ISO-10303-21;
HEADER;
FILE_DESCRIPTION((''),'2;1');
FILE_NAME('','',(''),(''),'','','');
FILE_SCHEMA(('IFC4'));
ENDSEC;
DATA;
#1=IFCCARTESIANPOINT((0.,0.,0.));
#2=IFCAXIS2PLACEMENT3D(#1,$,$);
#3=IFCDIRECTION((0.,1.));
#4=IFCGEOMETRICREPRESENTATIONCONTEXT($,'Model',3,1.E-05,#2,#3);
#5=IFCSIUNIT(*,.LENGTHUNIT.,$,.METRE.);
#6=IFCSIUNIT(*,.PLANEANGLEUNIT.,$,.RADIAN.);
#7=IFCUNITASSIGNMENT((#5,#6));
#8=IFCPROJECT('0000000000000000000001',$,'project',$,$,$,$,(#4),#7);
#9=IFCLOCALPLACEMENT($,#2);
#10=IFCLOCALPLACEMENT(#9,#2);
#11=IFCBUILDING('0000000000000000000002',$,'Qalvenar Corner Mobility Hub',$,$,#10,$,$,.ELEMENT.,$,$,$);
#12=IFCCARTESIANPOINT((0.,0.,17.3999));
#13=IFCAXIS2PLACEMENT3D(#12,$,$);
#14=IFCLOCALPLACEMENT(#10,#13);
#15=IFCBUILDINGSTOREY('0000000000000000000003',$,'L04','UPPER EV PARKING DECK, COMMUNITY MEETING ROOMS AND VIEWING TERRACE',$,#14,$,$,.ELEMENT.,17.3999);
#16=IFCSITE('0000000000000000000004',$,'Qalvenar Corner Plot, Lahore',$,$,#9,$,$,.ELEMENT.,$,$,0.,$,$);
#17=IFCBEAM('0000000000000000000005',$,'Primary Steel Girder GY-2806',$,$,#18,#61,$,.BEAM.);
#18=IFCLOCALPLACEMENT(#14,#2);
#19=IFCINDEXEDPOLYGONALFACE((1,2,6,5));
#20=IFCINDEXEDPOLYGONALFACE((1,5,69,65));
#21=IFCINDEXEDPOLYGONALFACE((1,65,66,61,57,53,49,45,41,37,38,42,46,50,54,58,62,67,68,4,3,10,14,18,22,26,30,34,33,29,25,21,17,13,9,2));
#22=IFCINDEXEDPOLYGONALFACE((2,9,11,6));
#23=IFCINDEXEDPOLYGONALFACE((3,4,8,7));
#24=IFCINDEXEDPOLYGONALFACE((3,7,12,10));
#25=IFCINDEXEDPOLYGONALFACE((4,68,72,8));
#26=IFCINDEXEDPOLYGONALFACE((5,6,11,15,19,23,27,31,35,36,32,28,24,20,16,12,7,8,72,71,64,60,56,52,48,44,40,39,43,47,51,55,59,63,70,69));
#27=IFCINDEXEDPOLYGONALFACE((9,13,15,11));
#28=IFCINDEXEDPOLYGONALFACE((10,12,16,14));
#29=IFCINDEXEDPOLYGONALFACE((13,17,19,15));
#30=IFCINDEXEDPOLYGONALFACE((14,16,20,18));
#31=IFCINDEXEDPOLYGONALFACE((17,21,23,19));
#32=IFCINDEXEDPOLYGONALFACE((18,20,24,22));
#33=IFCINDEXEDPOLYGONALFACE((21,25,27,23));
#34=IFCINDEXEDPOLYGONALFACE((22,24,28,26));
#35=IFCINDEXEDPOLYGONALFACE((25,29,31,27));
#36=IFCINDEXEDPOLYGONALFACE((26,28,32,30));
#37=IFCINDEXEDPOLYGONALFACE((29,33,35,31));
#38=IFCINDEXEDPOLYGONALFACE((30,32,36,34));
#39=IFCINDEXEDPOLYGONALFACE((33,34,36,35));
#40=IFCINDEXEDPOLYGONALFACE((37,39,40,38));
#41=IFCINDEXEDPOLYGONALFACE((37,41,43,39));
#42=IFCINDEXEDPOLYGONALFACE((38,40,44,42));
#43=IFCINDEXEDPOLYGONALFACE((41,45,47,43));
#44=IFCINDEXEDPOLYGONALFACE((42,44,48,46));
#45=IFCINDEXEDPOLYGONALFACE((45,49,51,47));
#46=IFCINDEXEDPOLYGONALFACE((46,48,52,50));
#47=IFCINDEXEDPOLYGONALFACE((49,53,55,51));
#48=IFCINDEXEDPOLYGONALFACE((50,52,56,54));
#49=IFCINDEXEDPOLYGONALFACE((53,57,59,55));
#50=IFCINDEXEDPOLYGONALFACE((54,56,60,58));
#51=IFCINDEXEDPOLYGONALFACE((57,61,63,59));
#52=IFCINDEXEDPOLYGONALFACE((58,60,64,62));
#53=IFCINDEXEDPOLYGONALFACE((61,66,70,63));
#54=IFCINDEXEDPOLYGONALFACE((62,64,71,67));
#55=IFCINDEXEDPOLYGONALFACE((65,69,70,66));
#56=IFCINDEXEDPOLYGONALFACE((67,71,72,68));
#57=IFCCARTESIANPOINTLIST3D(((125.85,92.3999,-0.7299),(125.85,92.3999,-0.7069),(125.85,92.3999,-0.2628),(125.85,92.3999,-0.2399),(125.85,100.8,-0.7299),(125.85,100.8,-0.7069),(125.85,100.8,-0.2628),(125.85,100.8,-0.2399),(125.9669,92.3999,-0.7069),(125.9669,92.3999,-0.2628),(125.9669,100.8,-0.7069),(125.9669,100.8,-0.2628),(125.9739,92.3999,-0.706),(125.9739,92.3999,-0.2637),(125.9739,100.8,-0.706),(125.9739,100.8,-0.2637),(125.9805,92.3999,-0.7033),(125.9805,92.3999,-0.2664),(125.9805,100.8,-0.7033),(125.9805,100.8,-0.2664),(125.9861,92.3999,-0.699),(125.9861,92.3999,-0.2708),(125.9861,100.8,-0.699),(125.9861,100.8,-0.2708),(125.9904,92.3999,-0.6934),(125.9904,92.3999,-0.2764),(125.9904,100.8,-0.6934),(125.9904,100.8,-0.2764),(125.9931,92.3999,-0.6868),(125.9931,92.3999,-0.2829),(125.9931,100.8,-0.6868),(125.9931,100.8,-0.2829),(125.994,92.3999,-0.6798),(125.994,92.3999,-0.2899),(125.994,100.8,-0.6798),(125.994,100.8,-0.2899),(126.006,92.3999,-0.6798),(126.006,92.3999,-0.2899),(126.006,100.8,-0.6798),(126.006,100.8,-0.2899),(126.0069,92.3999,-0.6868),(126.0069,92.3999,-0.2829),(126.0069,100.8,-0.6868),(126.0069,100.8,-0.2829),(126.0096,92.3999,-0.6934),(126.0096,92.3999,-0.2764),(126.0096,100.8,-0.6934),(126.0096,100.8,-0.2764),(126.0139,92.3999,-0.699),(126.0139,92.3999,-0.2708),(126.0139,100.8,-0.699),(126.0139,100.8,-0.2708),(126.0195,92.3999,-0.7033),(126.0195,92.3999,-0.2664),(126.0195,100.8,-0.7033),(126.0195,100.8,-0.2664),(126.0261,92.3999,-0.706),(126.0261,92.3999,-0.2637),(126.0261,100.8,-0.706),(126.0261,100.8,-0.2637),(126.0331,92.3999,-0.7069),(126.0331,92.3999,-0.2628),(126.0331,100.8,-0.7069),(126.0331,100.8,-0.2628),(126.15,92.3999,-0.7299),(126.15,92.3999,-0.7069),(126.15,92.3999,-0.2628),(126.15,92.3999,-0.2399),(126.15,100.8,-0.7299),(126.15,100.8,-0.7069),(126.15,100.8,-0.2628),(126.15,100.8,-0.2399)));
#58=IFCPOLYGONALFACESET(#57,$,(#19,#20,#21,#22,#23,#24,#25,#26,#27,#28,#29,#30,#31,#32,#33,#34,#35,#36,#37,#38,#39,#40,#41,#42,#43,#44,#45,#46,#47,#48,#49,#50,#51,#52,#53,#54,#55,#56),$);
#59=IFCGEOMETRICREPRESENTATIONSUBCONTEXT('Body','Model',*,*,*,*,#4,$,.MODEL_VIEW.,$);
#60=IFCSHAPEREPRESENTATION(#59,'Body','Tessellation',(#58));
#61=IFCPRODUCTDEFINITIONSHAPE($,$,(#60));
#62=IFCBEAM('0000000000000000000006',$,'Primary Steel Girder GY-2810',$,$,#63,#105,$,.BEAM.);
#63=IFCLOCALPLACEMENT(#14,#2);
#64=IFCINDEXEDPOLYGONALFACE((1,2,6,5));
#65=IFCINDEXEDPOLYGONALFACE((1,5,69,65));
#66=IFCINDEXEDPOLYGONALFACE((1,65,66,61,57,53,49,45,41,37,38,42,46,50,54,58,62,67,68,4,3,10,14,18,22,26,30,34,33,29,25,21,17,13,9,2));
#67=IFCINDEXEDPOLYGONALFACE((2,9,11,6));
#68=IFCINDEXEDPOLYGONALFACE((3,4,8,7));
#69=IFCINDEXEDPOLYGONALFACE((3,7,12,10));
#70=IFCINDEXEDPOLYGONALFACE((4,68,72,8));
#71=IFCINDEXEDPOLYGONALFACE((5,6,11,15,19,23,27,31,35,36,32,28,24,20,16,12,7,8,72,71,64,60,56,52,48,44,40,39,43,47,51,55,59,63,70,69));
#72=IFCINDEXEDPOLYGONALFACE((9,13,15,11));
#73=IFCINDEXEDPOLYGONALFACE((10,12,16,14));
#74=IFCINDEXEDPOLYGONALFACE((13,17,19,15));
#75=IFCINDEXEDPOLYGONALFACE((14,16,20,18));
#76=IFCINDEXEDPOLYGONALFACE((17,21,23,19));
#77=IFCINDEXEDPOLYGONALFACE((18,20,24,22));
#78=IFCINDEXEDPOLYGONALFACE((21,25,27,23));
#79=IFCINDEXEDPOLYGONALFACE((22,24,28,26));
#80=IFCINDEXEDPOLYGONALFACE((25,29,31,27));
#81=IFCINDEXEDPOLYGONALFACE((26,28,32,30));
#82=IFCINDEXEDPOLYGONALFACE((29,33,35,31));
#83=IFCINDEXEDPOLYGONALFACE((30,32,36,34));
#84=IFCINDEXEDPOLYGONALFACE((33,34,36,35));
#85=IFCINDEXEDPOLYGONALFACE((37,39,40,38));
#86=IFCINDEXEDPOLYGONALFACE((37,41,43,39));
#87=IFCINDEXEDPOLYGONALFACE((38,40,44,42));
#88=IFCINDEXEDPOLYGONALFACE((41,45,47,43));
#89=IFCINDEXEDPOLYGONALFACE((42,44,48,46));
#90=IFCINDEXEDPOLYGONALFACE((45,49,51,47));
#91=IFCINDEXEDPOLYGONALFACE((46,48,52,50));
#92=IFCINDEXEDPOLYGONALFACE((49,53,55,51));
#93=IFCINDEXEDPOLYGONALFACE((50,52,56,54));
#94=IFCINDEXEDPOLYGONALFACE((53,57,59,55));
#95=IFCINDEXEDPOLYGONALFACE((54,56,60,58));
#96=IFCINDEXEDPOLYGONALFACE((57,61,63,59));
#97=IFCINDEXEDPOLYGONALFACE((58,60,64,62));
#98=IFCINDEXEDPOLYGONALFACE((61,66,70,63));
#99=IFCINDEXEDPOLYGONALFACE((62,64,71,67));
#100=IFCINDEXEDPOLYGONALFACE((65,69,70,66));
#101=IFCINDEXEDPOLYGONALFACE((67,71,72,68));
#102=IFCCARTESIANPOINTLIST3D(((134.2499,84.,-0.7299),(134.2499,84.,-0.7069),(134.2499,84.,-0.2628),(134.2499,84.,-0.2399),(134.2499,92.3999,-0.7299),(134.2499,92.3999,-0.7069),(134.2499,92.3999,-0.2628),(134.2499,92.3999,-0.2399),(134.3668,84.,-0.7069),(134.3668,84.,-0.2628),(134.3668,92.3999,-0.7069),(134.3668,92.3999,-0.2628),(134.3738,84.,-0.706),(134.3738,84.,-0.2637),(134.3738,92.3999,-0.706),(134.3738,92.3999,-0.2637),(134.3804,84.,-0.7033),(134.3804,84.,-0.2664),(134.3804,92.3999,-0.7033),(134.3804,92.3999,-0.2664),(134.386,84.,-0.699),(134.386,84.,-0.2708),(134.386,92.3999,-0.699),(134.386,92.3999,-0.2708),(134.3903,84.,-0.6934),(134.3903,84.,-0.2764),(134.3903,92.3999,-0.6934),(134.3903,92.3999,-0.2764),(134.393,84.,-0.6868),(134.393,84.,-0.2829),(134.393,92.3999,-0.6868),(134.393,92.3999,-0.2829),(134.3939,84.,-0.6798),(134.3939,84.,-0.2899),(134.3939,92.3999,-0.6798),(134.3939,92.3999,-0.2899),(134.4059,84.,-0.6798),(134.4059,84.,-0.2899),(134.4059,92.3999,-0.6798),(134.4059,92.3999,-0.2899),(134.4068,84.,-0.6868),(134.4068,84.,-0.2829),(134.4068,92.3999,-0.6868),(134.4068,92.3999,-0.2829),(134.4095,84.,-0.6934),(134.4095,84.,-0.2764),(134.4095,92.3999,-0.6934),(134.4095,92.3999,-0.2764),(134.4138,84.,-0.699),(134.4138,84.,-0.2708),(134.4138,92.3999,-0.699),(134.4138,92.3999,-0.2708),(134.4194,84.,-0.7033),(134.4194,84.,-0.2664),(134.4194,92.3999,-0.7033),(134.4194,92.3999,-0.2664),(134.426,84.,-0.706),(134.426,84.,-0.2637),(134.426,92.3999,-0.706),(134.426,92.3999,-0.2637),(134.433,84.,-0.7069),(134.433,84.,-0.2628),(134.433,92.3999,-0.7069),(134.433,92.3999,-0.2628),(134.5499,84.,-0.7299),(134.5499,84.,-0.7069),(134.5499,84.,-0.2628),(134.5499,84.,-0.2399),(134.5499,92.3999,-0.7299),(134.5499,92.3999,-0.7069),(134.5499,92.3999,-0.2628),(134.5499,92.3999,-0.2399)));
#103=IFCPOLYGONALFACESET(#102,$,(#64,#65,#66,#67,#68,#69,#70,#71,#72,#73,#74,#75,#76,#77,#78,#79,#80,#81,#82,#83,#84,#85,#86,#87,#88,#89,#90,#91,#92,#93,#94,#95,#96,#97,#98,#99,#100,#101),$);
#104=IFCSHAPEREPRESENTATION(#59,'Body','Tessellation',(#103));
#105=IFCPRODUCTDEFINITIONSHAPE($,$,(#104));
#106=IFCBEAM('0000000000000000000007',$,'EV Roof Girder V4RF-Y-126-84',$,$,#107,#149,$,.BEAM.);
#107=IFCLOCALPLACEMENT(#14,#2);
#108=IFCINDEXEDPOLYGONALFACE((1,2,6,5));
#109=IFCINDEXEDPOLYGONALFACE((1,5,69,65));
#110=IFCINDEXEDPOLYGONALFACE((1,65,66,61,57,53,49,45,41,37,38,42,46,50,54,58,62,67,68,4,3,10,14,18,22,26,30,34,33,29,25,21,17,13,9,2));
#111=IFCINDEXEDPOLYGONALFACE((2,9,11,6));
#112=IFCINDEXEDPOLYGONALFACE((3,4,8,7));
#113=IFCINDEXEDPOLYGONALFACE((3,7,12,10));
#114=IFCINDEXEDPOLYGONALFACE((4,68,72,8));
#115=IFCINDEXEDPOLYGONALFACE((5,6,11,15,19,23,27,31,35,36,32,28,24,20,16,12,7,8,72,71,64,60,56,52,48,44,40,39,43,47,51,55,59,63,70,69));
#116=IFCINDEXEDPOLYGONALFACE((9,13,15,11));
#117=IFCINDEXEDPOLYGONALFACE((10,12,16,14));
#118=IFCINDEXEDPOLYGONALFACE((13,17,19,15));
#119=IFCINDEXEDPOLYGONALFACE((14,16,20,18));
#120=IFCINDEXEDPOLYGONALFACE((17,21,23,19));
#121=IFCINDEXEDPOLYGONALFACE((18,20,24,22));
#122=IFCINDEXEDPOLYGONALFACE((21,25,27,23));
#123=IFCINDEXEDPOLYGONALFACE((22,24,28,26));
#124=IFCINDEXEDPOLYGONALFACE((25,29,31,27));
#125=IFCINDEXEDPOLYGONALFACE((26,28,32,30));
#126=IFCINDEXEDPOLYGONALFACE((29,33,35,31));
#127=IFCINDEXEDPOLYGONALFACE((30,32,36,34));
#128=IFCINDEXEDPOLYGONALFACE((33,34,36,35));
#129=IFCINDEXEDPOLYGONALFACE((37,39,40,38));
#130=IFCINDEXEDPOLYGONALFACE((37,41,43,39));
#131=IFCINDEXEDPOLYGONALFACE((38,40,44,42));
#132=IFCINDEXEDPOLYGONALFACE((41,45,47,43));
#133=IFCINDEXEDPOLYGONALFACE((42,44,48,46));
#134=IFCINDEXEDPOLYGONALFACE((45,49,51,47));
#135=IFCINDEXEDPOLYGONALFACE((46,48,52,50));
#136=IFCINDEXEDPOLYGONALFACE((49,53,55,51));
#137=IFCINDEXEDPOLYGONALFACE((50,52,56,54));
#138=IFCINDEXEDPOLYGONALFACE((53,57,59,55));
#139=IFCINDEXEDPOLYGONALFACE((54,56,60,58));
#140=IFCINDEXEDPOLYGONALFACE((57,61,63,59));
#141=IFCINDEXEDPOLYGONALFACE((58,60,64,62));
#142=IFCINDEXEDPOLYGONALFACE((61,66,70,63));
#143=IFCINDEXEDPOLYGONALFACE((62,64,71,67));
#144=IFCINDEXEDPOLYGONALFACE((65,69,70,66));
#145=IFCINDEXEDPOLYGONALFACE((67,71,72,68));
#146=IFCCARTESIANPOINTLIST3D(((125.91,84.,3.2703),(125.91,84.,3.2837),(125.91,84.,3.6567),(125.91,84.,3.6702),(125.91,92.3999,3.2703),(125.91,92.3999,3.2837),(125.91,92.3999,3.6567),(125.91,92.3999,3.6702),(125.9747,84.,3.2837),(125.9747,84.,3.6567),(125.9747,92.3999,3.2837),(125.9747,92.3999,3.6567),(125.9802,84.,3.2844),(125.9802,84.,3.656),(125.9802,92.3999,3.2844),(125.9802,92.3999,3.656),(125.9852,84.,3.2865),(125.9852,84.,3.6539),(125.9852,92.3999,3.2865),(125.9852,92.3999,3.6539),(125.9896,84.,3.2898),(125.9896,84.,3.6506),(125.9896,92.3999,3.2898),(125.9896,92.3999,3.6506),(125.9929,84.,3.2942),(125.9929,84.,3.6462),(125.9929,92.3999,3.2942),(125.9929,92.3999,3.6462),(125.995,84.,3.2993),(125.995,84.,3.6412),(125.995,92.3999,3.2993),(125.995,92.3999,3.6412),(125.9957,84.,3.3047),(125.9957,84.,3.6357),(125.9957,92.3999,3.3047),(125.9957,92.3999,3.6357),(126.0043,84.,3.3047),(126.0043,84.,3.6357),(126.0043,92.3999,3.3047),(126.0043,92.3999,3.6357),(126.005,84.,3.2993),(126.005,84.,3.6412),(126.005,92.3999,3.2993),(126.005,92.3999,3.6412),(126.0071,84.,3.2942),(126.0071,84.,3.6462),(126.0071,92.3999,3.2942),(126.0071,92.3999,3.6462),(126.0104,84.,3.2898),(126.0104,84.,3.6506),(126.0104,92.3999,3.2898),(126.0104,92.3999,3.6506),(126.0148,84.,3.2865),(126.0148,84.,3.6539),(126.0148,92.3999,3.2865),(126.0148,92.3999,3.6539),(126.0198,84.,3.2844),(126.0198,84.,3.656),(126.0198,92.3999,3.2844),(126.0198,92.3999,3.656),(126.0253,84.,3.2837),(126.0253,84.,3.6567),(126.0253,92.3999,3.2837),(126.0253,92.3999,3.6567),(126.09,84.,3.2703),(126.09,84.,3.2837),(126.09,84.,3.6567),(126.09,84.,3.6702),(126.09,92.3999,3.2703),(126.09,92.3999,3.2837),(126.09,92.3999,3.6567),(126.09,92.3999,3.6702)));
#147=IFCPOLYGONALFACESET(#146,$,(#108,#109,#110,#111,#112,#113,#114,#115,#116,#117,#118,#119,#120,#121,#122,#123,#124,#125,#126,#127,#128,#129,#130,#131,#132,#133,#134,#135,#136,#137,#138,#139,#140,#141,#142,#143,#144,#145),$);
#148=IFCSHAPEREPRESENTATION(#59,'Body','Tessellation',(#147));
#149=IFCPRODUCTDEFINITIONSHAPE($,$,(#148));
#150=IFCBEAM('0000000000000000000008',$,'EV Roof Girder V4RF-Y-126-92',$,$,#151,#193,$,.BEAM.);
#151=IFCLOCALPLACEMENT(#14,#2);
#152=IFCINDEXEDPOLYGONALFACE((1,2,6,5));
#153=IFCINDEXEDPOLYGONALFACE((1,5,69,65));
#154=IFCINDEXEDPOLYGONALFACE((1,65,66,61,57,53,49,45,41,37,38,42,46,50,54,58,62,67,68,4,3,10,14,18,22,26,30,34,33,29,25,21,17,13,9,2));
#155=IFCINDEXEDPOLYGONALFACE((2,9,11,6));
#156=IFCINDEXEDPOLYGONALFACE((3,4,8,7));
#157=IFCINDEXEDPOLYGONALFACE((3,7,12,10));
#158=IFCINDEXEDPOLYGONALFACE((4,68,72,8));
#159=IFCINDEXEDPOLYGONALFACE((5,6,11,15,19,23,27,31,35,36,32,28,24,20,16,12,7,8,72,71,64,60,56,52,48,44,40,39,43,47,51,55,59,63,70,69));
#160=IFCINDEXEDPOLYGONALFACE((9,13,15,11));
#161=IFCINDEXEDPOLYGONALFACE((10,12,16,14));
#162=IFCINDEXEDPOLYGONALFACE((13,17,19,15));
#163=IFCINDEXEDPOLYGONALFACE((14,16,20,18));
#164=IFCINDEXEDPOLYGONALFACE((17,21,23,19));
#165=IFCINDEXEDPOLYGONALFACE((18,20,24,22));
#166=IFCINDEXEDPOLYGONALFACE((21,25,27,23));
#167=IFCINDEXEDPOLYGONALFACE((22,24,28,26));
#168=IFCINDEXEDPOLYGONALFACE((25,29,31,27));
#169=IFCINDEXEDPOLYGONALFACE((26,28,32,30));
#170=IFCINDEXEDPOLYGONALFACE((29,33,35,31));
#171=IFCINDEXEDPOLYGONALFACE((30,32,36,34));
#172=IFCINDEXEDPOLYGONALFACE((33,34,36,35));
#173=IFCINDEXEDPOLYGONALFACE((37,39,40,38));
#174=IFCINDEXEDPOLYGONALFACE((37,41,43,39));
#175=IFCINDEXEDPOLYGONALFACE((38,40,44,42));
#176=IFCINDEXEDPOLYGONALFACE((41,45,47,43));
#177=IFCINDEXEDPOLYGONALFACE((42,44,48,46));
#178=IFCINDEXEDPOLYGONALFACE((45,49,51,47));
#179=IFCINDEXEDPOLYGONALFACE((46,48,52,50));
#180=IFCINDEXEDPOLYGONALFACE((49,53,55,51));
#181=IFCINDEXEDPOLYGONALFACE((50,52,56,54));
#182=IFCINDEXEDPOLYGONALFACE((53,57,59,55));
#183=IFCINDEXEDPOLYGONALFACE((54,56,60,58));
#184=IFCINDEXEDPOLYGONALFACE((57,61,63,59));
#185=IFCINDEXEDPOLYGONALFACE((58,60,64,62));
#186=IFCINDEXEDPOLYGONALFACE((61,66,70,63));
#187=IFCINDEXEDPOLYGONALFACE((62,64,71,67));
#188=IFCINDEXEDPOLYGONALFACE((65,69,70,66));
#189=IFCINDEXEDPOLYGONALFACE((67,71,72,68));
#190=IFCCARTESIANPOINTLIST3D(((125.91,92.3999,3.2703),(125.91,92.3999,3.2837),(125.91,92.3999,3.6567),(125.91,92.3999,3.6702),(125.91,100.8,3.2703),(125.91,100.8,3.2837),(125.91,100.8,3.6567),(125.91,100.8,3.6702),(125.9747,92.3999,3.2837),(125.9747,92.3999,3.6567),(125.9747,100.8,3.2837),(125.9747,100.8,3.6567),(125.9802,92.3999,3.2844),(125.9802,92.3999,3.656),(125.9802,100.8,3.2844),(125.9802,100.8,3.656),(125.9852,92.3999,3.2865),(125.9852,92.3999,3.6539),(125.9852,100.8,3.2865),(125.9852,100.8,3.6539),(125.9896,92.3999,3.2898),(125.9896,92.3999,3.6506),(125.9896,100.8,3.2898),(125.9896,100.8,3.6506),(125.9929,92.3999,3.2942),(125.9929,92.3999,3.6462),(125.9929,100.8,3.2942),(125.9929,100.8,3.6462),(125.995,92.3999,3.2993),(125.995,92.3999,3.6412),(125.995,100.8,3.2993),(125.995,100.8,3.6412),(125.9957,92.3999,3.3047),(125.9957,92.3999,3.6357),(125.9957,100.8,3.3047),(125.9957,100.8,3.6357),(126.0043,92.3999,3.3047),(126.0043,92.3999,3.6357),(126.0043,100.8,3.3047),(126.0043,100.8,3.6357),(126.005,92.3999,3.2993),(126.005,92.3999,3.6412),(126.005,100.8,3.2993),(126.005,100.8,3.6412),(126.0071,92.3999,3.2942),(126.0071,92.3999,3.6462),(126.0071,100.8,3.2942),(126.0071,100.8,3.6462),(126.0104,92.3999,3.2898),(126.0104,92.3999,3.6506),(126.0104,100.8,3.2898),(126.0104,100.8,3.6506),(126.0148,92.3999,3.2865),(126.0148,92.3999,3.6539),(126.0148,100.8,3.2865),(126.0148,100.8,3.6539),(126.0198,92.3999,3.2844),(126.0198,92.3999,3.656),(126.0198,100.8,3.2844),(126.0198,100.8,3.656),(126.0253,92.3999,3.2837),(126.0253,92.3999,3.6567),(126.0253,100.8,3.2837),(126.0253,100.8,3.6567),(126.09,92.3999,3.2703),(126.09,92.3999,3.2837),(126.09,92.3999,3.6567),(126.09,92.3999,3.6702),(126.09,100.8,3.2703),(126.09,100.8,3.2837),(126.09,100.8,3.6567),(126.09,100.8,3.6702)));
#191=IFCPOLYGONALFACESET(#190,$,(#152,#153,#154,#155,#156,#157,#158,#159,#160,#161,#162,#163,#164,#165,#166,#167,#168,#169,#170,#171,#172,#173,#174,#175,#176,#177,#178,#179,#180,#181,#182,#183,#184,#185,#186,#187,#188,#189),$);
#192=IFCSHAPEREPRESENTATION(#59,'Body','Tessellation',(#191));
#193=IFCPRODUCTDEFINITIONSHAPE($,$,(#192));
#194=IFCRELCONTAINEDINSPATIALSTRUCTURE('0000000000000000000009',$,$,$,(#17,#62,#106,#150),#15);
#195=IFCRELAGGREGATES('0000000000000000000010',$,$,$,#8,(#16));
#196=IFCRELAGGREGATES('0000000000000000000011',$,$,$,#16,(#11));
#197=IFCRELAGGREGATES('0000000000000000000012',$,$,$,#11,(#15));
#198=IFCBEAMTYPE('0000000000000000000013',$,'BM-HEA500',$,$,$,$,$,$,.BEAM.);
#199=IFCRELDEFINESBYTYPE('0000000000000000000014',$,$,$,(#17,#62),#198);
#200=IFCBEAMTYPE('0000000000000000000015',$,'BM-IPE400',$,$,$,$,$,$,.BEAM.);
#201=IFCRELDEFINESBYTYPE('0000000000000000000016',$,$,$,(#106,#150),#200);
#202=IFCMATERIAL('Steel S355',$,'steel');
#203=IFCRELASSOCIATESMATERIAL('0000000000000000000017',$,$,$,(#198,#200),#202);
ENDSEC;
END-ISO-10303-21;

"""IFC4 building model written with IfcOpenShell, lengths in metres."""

from ifc_helpers import new_model, si_unit, direction, frame, origin, origin_2d, place, context, subcontext, project, spatial, i_section, extrude, material, material_profile, profile_set, type_object, element, save


model = new_model("IFC4")

# Units and contexts
model_context = context("Model", 3, precision=1e-05, world=origin(), true_north=direction((0.0, 1.0)))
body_context = subcontext(model_context, "Body", "Model", "MODEL_VIEW")
ifc_project = project(units=[si_unit("LENGTHUNIT", "METRE"), si_unit("PLANEANGLEUNIT", "RADIAN")], contexts=[model_context])

# Site, building, storey
site_placement = place(None, origin())
site = spatial("IfcSite", under=ifc_project, at=site_placement, Name="Qalvenar Corner Plot, Lahore", CompositionType="ELEMENT", RefElevation=0.0)
building_placement = place(site_placement, origin())
building = spatial("IfcBuilding", under=site, at=building_placement, Name="Qalvenar Corner Mobility Hub", CompositionType="ELEMENT")
storey_placement = place(building_placement, frame((0.0, 0.0, 17.3999)))
storey = spatial("IfcBuildingStorey", under=building, at=storey_placement, Name="L04", Description="UPPER EV PARKING DECK, COMMUNITY MEETING ROOMS AND VIEWING TERRACE", CompositionType="ELEMENT", Elevation=17.3999)

# Shared definitions
ifc_material_1 = material(Name="Steel S355", Category="steel")

# Beams
ifc_material_profile_1 = material_profile(ifc_material_1, i_section(OverallWidth=0.3, OverallDepth=0.49, WebThickness=0.012, FlangeThickness=0.0229, FilletRadius=0.0271, at=origin_2d()), Name="HEA500")
ifc_profile_set_1 = profile_set([ifc_material_profile_1], Name="Steel S355")
beam_type_1 = type_object("IfcBeamType", Name="BM-HEA500", PredefinedType="BEAM", material=ifc_profile_set_1)
beam_1_placement = place(storey_placement, frame((126.0, 92.3999, -0.4849), z_axis=(0.0, 1.0, 0.0), x_axis=(-1.0, 0.0, 0.0)))
element("IfcBeam", 1, at=beam_1_placement, inside=storey, type_object=beam_type_1, Name="Primary Steel Girder GY-2806", PredefinedType="BEAM", context=body_context, shape_type="SweptSolid", body=[
    extrude(i_section(OverallWidth=0.3, OverallDepth=0.49, WebThickness=0.012, FlangeThickness=0.0229, FilletRadius=0.0271, at=origin_2d()), origin(), (0.0, 0.0, 1.0), 8.4001),
])
beam_2_placement = place(storey_placement, frame((134.3999, 84.0, -0.4849), z_axis=(0.0, 1.0, 0.0), x_axis=(-1.0, 0.0, 0.0)))
element("IfcBeam", 2, at=beam_2_placement, inside=storey, type_object=beam_type_1, Name="Primary Steel Girder GY-2810", PredefinedType="BEAM", context=body_context, shape_type="SweptSolid", body=[
    extrude(i_section(OverallWidth=0.3, OverallDepth=0.49, WebThickness=0.012, FlangeThickness=0.0229, FilletRadius=0.0271, at=origin_2d()), origin(), (0.0, 0.0, 1.0), 8.3999),
])
ifc_material_profile_2 = material_profile(ifc_material_1, i_section(OverallWidth=0.1799, OverallDepth=0.3999, WebThickness=0.0085, FlangeThickness=0.0134, FilletRadius=0.021, at=origin_2d()), Name="IPE400")
ifc_profile_set_2 = profile_set([ifc_material_profile_2], Name="Steel S355")
beam_type_2 = type_object("IfcBeamType", Name="BM-IPE400", PredefinedType="BEAM", material=ifc_profile_set_2)
beam_3_placement = place(storey_placement, frame((126.0, 84.0, 3.4702), z_axis=(0.0, 1.0, 0.0), x_axis=(-1.0, 0.0, 0.0)))
element("IfcBeam", 3, at=beam_3_placement, inside=storey, type_object=beam_type_2, Name="EV Roof Girder V4RF-Y-126-84", PredefinedType="BEAM", context=body_context, shape_type="SweptSolid", body=[
    extrude(i_section(OverallWidth=0.1799, OverallDepth=0.3999, WebThickness=0.0085, FlangeThickness=0.0134, FilletRadius=0.021, at=origin_2d()), origin(), (0.0, 0.0, 1.0), 8.3999),
])
beam_4_placement = place(storey_placement, frame((126.0, 92.3999, 3.4702), z_axis=(0.0, 1.0, 0.0), x_axis=(-1.0, 0.0, 0.0)))
element("IfcBeam", 4, at=beam_4_placement, inside=storey, type_object=beam_type_2, Name="EV Roof Girder V4RF-Y-126-92", PredefinedType="BEAM", context=body_context, shape_type="SweptSolid", body=[
    extrude(i_section(OverallWidth=0.1799, OverallDepth=0.3999, WebThickness=0.0085, FlangeThickness=0.0134, FilletRadius=0.021, at=origin_2d()), origin(), (0.0, 0.0, 1.0), 8.4001),
])

save(model, "model.ifc")
